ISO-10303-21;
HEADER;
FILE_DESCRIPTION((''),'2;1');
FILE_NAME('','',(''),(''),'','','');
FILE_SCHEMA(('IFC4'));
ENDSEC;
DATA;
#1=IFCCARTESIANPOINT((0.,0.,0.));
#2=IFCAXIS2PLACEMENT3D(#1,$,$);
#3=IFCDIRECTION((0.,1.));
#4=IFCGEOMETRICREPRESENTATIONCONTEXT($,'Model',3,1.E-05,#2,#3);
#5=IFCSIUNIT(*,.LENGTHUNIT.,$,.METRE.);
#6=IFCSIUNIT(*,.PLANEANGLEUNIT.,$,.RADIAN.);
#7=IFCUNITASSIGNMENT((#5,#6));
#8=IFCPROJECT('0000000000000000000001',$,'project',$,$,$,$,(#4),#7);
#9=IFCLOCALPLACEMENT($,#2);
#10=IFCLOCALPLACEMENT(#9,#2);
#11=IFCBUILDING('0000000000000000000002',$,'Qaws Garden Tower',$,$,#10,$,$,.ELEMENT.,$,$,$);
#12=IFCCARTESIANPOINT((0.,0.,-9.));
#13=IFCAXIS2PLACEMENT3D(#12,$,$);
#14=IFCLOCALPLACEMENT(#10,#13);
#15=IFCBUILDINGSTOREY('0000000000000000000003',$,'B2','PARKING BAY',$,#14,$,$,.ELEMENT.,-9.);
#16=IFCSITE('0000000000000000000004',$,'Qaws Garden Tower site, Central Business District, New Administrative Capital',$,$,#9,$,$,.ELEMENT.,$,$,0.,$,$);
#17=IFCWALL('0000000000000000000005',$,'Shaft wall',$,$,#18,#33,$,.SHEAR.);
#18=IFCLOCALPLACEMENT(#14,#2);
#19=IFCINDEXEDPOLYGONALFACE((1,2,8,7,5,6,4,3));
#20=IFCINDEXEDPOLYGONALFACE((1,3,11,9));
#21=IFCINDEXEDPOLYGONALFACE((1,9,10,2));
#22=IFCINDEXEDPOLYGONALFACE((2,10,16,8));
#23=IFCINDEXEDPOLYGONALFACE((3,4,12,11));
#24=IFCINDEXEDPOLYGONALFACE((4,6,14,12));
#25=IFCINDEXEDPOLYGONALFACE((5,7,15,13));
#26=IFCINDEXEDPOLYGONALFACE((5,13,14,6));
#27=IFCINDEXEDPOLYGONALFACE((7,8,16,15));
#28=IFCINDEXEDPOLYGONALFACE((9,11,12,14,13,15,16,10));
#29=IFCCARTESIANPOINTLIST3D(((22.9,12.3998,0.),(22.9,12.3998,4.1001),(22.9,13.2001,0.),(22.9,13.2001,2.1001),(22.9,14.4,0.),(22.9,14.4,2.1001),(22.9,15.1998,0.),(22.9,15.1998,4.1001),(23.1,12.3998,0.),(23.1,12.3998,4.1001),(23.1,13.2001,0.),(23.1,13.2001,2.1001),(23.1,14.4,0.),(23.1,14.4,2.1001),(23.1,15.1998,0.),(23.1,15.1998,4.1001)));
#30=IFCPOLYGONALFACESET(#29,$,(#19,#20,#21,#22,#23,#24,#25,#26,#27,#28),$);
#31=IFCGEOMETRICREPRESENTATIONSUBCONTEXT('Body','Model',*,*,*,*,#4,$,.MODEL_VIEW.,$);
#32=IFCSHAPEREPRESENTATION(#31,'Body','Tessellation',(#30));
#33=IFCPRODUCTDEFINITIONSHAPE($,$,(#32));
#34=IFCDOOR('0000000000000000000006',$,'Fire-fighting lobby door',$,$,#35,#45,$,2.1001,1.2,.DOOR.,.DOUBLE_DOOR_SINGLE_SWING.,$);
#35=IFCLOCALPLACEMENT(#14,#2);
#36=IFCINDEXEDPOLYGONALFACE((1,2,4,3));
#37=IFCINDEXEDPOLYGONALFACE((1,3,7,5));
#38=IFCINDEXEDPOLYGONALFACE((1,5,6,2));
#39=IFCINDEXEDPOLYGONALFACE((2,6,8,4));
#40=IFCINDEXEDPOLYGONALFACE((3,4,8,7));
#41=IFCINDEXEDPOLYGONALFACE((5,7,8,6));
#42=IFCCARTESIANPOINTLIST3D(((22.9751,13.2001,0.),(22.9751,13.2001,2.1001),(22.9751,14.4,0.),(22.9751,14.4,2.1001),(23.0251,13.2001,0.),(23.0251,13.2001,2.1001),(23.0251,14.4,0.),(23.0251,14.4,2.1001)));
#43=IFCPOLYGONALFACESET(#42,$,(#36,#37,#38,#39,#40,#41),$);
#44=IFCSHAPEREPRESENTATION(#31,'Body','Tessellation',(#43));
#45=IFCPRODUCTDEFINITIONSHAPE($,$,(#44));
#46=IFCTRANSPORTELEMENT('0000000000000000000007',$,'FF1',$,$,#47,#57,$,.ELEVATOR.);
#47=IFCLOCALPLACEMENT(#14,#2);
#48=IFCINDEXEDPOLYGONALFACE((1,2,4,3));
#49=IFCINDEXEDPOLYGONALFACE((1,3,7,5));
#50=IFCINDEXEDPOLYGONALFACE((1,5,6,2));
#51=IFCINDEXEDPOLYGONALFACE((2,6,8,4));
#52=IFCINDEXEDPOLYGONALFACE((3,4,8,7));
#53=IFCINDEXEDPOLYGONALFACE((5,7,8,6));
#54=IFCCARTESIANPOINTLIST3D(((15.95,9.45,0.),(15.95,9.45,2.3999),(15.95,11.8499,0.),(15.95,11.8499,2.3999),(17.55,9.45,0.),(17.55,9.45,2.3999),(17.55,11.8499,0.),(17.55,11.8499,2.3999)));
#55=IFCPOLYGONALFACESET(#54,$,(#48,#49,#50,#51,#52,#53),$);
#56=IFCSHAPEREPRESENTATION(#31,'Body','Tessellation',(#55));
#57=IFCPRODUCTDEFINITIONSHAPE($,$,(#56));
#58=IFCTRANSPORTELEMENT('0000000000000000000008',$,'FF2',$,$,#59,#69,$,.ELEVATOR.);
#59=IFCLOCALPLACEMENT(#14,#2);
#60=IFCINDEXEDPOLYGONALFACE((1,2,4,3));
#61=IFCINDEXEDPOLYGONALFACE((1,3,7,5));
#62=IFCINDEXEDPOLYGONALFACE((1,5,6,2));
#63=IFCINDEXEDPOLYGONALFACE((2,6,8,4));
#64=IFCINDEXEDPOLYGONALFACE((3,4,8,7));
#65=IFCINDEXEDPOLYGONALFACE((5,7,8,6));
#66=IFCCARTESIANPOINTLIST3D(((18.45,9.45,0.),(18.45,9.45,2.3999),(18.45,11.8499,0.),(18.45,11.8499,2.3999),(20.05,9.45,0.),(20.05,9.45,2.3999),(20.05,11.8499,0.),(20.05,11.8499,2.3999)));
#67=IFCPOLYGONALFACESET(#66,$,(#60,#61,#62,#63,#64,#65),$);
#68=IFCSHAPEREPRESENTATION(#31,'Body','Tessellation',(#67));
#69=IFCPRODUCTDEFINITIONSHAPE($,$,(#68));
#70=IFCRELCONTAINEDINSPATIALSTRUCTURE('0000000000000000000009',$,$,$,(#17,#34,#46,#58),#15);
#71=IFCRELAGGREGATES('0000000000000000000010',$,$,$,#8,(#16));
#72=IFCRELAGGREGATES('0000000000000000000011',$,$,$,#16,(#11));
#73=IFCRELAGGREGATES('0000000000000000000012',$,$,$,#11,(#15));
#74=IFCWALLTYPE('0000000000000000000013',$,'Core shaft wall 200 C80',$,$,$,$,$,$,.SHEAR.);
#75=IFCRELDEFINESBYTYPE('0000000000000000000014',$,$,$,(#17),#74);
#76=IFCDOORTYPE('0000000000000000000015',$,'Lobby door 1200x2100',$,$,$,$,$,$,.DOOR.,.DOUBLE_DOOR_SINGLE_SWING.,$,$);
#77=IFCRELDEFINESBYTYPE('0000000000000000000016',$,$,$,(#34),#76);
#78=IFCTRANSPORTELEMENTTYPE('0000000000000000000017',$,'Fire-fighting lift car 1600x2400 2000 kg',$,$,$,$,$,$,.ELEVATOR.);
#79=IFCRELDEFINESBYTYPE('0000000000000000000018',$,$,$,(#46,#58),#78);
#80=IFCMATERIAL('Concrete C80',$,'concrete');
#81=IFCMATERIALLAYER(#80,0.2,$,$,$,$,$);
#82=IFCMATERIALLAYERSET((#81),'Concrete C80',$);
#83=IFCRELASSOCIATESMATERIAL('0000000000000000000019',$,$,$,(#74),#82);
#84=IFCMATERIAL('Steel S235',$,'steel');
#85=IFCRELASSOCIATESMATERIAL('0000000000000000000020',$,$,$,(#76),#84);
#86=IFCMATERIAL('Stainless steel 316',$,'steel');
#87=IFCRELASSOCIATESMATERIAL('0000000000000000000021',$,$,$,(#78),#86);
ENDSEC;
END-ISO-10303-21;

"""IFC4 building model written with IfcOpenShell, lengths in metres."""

from ifc_helpers import new_model, si_unit, direction, frame, frame_2d, origin, origin_2d, place, context, subcontext, project, spatial, rectangle, extrude, material, layer, layer_set, type_object, element, fill, save


model = new_model("IFC4")

# Units and contexts
model_context = context("Model", 3, precision=1e-05, world=origin(), true_north=direction((0.0, 1.0)))
body_context = subcontext(model_context, "Body", "Model", "MODEL_VIEW")
ifc_project = project(units=[si_unit("LENGTHUNIT", "METRE"), si_unit("PLANEANGLEUNIT", "RADIAN")], contexts=[model_context])

# Site, building, storey
site_placement = place(None, origin())
site = spatial("IfcSite", under=ifc_project, at=site_placement, Name="Qaws Garden Tower site, Central Business District, New Administrative Capital", CompositionType="ELEMENT", RefElevation=0.0)
building_placement = place(site_placement, origin())
building = spatial("IfcBuilding", under=site, at=building_placement, Name="Qaws Garden Tower", CompositionType="ELEMENT")
storey_placement = place(building_placement, frame((0.0, 0.0, -9.0)))
storey = spatial("IfcBuildingStorey", under=building, at=storey_placement, Name="B2", Description="PARKING BAY", CompositionType="ELEMENT", Elevation=-9.0)

# Shared definitions
ifc_material_1 = material(Name="Concrete C80", Category="concrete")
ifc_layer_1 = layer(ifc_material_1, 0.2)
ifc_layer_set_1 = layer_set([ifc_layer_1], Name="Concrete C80")
wall_type_1 = type_object("IfcWallType", Name="Core shaft wall 200 C80", PredefinedType="SHEAR", material=ifc_layer_set_1)

# Wall, opening, door
ifc_material_2 = material(Name="Steel S235", Category="steel")
door_type_1 = type_object("IfcDoorType", Name="Lobby door 1200x2100", OperationType="DOUBLE_DOOR_SINGLE_SWING", PredefinedType="DOOR", material=ifc_material_2)
wall_1_placement = place(storey_placement, frame((23.0, 12.3999, 0.0), z_axis=(0.0, 0.0, 1.0), x_axis=(0.0, 1.0, 0.0)))
wall_1 = element("IfcWall", 1, at=wall_1_placement, inside=storey, type_object=wall_type_1, Name="Shaft wall", PredefinedType="SHEAR", context=body_context, shape_type="SweptSolid", body=[
    extrude(rectangle(XDim=2.8, YDim=0.2, at=frame_2d((1.3999, 0.0))), origin(), (0.0, 0.0, 1.0), 4.1001),
])
opening_1_placement = place(wall_1_placement, frame((0.8, 0.0, 0.0)))
opening_1 = element("IfcOpeningElement", 2, at=opening_1_placement, cuts=wall_1, PredefinedType="OPENING", context=body_context, shape_type="SweptSolid", body=[
    extrude(rectangle(XDim=1.2, YDim=2.1001, at=frame_2d((0.6001, 1.05))), frame((0.0, 0.1099, 0.0), z_axis=(0.0, -1.0, 0.0), x_axis=(1.0, 0.0, 0.0)), (0.0, 0.0, 1.0), 0.22),
])
door_1_placement = place(opening_1_placement, origin())
door_1 = element("IfcDoor", 3, at=door_1_placement, inside=storey, type_object=door_type_1, Name="Fire-fighting lobby door", OperationType="DOUBLE_DOOR_SINGLE_SWING", OverallHeight=2.1001, OverallWidth=1.2, PredefinedType="DOOR", context=body_context, shape_type="SweptSolid", body=[
    extrude(rectangle(XDim=1.2, YDim=2.1001, at=frame_2d((0.6001, 1.05))), frame((0.0, 0.0249, 0.0), z_axis=(0.0, -1.0, 0.0), x_axis=(1.0, 0.0, 0.0)), (0.0, 0.0, 1.0), 0.05),
])
fill(opening_1, door_1)

# Transport elements
ifc_material_3 = material(Name="Stainless steel 316", Category="steel")
transport_element_type = type_object("IfcTransportElementType", Name="Fire-fighting lift car 1600x2400 2000 kg", PredefinedType="ELEVATOR", material=ifc_material_3)
for number, where, z_axis, x_axis, name in (
    (4, (16.75, 10.6499, 0.0), (0.0, 0.0, 1.0), (1.0, 0.0, 0.0), "FF1"),
    (5, (19.25, 10.6499, 0.0), (0.0, 0.0, 1.0), (1.0, 0.0, 0.0), "FF2"),
):
    element("IfcTransportElement", number, at=place(storey_placement, frame(where, z_axis=z_axis, x_axis=x_axis)), inside=storey, type_object=transport_element_type, Name=name, PredefinedType="ELEVATOR", context=body_context, shape_type="SweptSolid", body=[
        extrude(rectangle(XDim=1.6001, YDim=2.3999, at=origin_2d()), origin(), (0.0, 0.0, 1.0), 2.3999),
    ])

save(model, "model.ifc")
